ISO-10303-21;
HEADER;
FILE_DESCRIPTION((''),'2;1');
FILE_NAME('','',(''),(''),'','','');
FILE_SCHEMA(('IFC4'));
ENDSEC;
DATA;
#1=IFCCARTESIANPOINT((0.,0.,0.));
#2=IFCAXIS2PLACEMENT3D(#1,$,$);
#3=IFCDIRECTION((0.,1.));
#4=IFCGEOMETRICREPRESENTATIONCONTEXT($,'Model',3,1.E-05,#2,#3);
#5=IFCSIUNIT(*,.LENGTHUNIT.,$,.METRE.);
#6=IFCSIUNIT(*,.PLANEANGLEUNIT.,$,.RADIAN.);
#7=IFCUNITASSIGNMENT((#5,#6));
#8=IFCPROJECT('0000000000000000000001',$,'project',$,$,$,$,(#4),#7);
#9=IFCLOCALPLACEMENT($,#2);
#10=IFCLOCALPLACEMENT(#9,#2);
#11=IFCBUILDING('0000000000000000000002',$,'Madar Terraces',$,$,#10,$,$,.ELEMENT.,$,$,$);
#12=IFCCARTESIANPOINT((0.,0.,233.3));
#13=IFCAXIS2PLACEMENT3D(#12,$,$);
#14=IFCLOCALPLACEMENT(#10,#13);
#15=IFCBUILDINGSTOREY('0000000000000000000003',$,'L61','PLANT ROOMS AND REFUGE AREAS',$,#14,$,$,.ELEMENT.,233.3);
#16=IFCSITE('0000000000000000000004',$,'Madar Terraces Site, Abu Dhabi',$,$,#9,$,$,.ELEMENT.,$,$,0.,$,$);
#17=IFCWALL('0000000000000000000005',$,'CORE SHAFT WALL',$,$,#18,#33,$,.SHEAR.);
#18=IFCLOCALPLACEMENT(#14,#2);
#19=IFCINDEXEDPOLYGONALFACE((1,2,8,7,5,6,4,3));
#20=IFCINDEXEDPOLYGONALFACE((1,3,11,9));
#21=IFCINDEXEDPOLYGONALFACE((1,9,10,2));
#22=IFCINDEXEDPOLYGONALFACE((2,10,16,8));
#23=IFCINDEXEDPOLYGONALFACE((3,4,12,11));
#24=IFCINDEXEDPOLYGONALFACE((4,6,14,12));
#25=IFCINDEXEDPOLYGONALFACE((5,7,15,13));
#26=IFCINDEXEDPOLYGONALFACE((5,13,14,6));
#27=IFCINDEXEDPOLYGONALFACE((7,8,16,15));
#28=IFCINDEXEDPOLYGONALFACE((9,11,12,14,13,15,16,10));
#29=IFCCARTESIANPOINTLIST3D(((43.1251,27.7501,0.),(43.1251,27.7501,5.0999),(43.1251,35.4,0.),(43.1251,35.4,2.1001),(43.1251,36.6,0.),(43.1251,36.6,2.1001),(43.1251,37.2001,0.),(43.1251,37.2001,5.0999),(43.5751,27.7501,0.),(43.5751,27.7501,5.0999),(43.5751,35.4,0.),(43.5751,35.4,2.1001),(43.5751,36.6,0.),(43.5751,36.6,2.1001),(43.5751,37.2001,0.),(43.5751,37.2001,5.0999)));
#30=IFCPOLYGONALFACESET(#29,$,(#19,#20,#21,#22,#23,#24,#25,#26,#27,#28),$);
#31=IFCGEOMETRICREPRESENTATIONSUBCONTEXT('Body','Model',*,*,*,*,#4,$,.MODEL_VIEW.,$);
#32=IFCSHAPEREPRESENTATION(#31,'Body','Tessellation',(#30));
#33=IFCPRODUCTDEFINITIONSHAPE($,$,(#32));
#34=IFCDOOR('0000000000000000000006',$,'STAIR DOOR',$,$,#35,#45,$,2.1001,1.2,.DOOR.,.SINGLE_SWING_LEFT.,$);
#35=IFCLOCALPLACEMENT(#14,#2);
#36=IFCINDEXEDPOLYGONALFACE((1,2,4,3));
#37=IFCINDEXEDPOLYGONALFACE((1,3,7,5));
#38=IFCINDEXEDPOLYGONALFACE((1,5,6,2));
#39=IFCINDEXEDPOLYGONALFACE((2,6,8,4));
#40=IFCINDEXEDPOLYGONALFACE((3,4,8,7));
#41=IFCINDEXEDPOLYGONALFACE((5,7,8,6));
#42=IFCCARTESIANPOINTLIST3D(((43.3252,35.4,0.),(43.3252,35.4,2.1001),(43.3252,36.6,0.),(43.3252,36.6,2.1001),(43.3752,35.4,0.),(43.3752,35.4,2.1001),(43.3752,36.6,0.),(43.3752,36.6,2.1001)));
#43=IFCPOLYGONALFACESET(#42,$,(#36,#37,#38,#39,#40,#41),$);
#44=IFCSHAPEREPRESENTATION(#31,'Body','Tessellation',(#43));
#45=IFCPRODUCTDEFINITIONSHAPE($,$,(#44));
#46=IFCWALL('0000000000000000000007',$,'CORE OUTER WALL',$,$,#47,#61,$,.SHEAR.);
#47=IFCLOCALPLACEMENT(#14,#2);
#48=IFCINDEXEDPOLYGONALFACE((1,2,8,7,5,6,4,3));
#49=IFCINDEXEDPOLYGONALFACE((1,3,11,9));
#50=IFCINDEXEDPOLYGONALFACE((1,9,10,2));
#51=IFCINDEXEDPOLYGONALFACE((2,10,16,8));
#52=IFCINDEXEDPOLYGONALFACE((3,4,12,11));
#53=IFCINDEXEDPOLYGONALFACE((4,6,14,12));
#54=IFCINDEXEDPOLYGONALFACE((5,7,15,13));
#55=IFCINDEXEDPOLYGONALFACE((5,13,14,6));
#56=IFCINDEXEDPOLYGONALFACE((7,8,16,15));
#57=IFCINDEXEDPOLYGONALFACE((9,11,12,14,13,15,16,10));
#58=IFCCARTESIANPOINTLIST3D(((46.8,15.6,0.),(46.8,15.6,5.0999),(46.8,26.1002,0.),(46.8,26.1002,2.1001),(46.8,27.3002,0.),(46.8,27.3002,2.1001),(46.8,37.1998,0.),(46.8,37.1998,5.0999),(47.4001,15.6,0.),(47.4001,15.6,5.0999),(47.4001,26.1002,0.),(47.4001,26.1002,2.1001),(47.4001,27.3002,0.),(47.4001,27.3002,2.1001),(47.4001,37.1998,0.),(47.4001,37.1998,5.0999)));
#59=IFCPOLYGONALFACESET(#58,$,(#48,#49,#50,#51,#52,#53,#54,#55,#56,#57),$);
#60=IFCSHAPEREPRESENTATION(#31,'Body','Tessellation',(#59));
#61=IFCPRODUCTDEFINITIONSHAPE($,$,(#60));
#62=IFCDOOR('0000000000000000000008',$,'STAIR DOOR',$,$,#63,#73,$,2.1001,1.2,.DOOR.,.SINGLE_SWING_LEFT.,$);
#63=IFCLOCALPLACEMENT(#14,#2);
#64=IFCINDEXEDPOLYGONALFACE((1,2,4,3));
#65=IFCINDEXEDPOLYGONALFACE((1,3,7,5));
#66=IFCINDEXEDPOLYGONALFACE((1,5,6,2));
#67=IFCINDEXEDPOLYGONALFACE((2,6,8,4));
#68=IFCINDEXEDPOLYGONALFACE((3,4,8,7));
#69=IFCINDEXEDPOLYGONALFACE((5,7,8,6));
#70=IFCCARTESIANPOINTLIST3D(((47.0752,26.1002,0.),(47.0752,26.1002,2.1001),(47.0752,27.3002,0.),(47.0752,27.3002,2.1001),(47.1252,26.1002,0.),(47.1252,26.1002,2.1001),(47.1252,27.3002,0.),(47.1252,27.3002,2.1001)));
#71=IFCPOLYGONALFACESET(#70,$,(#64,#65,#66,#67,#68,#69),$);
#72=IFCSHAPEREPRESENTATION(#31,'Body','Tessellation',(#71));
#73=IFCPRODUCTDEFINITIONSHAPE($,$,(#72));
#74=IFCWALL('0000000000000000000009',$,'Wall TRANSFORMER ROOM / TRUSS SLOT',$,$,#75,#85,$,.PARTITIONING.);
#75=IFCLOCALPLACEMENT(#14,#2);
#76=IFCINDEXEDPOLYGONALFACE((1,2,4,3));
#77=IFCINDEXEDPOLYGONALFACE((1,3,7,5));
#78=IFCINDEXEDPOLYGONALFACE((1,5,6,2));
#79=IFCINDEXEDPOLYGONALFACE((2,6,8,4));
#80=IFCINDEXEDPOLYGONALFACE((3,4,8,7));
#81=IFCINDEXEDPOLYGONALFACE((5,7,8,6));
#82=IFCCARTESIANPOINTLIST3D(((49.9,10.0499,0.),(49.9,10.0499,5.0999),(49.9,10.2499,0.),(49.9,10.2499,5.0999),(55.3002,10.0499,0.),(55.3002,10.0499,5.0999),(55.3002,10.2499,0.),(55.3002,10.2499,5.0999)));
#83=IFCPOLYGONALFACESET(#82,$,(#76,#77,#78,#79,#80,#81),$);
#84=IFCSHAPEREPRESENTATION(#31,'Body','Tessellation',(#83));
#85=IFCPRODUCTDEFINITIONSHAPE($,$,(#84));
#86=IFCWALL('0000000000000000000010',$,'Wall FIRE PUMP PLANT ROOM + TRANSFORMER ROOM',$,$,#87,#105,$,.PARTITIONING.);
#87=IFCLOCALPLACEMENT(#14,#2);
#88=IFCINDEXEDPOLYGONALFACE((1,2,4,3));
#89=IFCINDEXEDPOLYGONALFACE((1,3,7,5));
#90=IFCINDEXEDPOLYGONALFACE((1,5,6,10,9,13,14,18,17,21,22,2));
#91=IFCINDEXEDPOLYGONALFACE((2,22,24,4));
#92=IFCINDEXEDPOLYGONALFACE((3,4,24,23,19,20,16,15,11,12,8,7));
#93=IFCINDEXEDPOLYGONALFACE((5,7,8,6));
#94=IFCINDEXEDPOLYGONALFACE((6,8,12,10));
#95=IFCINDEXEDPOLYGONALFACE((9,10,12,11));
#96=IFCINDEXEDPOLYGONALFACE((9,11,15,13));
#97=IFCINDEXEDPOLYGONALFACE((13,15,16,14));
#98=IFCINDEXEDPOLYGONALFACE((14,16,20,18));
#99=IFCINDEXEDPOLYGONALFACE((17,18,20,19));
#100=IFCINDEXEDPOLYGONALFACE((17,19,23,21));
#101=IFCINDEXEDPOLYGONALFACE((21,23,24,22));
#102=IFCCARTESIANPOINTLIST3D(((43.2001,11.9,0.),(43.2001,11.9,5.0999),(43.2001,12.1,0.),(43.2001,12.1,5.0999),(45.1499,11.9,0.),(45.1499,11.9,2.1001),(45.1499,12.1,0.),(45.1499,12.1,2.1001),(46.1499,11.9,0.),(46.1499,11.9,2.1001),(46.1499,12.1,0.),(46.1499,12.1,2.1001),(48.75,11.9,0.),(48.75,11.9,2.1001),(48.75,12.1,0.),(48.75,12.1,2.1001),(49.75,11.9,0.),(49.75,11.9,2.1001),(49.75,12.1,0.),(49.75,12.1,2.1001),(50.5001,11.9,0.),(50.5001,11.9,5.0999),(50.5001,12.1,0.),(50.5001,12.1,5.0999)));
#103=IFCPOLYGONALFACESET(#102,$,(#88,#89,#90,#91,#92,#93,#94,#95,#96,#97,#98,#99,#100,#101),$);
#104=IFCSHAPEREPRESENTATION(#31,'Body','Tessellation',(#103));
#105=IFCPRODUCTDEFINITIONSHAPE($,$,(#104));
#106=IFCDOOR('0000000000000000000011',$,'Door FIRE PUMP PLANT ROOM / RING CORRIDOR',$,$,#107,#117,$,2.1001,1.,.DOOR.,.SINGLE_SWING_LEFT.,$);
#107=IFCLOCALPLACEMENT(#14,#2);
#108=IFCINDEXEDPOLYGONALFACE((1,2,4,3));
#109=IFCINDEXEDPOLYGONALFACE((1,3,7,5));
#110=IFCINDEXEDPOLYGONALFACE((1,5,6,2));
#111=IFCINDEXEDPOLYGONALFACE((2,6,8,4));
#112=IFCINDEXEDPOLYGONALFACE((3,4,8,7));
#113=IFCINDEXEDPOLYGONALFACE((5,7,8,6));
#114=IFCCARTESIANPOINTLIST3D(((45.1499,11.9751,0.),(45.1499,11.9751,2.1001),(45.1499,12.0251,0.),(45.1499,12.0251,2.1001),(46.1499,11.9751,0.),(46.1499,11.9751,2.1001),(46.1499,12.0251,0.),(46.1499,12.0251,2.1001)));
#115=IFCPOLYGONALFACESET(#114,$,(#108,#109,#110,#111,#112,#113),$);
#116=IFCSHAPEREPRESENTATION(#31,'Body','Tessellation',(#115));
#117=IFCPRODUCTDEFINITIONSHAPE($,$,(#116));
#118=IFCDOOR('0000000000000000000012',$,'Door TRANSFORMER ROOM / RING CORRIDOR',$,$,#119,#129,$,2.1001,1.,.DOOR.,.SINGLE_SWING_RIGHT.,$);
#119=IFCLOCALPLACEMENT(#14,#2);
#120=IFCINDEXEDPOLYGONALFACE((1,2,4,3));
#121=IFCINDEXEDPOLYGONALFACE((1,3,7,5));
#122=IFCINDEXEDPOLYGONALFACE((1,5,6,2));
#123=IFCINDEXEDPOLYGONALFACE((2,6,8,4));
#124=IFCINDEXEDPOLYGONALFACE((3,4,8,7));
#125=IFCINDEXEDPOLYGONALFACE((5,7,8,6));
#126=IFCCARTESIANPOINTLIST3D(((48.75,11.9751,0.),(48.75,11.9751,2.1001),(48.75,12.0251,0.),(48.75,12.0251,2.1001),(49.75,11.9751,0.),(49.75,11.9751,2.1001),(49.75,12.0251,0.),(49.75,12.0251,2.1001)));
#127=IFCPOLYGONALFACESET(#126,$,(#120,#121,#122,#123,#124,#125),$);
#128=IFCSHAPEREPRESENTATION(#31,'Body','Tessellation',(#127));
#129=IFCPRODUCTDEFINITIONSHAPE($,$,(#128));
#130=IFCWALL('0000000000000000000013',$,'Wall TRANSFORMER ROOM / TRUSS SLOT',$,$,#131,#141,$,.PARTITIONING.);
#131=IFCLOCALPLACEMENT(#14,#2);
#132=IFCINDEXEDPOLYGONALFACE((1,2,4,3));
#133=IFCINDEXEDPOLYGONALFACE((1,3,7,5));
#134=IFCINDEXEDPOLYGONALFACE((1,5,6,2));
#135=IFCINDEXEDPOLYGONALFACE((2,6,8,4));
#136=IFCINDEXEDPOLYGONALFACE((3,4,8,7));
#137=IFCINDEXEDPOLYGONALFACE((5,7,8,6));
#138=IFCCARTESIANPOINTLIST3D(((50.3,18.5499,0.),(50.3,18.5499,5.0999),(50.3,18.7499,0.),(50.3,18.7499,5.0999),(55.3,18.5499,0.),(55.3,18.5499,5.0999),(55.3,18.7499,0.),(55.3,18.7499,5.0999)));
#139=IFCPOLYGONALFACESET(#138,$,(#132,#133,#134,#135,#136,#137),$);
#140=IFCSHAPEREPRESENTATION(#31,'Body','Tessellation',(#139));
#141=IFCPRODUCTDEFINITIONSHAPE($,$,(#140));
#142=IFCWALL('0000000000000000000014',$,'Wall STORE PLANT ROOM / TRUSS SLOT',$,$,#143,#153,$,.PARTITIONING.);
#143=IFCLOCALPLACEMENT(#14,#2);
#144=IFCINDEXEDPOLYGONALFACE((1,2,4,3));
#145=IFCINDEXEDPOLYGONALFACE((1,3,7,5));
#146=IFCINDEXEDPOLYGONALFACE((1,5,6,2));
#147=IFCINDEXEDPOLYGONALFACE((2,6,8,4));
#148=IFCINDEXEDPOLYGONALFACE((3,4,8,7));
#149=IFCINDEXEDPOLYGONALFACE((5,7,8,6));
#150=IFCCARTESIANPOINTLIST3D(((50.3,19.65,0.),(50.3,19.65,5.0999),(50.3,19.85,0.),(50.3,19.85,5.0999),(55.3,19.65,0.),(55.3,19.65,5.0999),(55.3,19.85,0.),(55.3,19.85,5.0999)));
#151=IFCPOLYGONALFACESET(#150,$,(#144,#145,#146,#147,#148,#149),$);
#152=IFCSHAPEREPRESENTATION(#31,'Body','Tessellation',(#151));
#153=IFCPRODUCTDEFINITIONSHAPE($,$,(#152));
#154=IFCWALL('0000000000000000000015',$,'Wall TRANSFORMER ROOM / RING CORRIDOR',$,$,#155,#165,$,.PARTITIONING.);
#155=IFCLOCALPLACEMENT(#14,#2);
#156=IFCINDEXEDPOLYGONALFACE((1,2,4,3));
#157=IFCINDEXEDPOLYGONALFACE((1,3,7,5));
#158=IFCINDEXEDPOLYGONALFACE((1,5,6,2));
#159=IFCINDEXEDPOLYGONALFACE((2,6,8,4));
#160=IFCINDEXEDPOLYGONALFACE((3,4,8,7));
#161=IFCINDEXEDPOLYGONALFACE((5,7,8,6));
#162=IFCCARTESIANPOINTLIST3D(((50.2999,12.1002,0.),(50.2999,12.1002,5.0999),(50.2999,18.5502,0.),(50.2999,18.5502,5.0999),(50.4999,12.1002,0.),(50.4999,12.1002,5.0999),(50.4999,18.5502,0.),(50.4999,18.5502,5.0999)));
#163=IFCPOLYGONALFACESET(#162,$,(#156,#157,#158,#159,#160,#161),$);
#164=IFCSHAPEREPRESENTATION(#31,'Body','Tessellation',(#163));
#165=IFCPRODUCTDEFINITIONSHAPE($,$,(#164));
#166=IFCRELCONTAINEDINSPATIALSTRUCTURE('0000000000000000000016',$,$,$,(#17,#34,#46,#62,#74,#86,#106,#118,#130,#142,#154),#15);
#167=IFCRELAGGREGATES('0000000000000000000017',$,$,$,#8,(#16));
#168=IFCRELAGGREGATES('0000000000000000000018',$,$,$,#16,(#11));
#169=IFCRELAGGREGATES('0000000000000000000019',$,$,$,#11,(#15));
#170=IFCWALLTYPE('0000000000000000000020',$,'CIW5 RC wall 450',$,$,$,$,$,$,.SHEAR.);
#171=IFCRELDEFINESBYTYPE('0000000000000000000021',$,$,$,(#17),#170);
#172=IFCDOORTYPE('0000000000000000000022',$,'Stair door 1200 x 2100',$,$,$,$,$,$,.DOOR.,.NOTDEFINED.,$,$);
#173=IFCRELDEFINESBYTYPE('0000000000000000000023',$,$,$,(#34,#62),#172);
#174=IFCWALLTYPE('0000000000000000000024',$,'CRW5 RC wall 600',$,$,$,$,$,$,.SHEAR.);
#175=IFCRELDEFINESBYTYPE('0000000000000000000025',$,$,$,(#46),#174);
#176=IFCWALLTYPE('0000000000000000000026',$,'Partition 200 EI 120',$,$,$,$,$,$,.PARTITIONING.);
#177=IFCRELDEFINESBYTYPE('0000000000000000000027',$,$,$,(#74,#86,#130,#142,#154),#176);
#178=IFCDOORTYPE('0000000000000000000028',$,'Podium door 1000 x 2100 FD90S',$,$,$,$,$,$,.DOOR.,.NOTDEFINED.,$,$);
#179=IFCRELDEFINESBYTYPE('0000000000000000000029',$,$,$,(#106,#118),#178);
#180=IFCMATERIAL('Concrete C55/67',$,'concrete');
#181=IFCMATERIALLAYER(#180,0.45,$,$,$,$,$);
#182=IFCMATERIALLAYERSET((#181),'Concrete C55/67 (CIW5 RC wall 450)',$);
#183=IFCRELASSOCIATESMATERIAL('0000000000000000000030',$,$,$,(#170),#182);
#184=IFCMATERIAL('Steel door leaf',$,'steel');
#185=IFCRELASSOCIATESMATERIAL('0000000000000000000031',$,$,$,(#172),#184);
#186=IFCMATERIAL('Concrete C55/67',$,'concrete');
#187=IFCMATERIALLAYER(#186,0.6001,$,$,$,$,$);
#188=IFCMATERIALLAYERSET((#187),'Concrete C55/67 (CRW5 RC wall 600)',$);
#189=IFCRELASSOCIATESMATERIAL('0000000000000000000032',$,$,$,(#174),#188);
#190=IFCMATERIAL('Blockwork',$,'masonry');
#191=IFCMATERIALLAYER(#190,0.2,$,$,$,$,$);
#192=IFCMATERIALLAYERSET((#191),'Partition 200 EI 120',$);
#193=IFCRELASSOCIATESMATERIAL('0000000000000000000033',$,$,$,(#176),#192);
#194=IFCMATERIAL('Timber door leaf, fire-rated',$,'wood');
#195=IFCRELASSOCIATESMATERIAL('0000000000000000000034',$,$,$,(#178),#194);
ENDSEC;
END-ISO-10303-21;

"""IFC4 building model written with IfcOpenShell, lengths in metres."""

from ifc_helpers import new_model, si_unit, direction, frame, frame_2d, origin, place, context, subcontext, project, spatial, rectangle, extrude, material, layer, layer_set, type_object, element, fill, save


model = new_model("IFC4")

# Units and contexts
model_context = context("Model", 3, precision=1e-05, world=origin(), true_north=direction((0.0, 1.0)))
body_context = subcontext(model_context, "Body", "Model", "MODEL_VIEW")
ifc_project = project(units=[si_unit("LENGTHUNIT", "METRE"), si_unit("PLANEANGLEUNIT", "RADIAN")], contexts=[model_context])

# Site, building, storey
site_placement = place(None, origin())
site = spatial("IfcSite", under=ifc_project, at=site_placement, Name="Madar Terraces Site, Abu Dhabi", CompositionType="ELEMENT", RefElevation=0.0)
building_placement = place(site_placement, origin())
building = spatial("IfcBuilding", under=site, at=building_placement, Name="Madar Terraces", CompositionType="ELEMENT")
storey_placement = place(building_placement, frame((0.0, 0.0, 233.3)))
storey = spatial("IfcBuildingStorey", under=building, at=storey_placement, Name="L61", Description="PLANT ROOMS AND REFUGE AREAS", CompositionType="ELEMENT", Elevation=233.3)

# Walls, openings, doors
ifc_material_1 = material(Name="Concrete C55/67", Category="concrete")
ifc_layer_1 = layer(ifc_material_1, 0.45)
ifc_layer_set_1 = layer_set([ifc_layer_1], Name="Concrete C55/67 (CIW5 RC wall 450)")
wall_type_1 = type_object("IfcWallType", Name="CIW5 RC wall 450", PredefinedType="SHEAR", material=ifc_layer_set_1)
ifc_material_2 = material(Name="Steel door leaf", Category="steel")
door_type_1 = type_object("IfcDoorType", Name="Stair door 1200 x 2100", OperationType="NOTDEFINED", PredefinedType="DOOR", material=ifc_material_2)
wall_1_placement = place(storey_placement, frame((43.3501, 27.75, 0.0), z_axis=(0.0, 0.0, 1.0), x_axis=(0.0, 1.0, 0.0)))
wall_1 = element("IfcWall", 1, at=wall_1_placement, inside=storey, type_object=wall_type_1, Name="CORE SHAFT WALL", PredefinedType="SHEAR", context=body_context, shape_type="SweptSolid", body=[
    extrude(rectangle(XDim=9.45, YDim=0.45, at=frame_2d((4.7251, 0.0))), origin(), (0.0, 0.0, 1.0), 5.0999),
])
opening_1_placement = place(wall_1_placement, frame((7.6499, 0.0, 0.0)))
opening_1 = element("IfcOpeningElement", 2, at=opening_1_placement, cuts=wall_1, PredefinedType="OPENING", context=body_context, shape_type="SweptSolid", body=[
    extrude(rectangle(XDim=1.2, YDim=2.1001, at=frame_2d((0.6001, 1.05))), frame((0.0, 0.2349, 0.0), z_axis=(0.0, -1.0, 0.0), x_axis=(1.0, 0.0, 0.0)), (0.0, 0.0, 1.0), 0.47),
])
door_1_placement = place(opening_1_placement, origin())
door_1 = element("IfcDoor", 3, at=door_1_placement, inside=storey, type_object=door_type_1, Name="STAIR DOOR", OperationType="SINGLE_SWING_LEFT", OverallHeight=2.1001, OverallWidth=1.2, PredefinedType="DOOR", context=body_context, shape_type="SweptSolid", body=[
    extrude(rectangle(XDim=1.2, YDim=2.1001, at=frame_2d((0.6001, 1.05))), frame((0.0, 0.0249, 0.0), z_axis=(0.0, -1.0, 0.0), x_axis=(1.0, 0.0, 0.0)), (0.0, 0.0, 1.0), 0.05),
])
fill(opening_1, door_1)
ifc_material_3 = material(Name="Concrete C55/67", Category="concrete")
ifc_layer_2 = layer(ifc_material_3, 0.6001)
ifc_layer_set_2 = layer_set([ifc_layer_2], Name="Concrete C55/67 (CRW5 RC wall 600)")
wall_type_2 = type_object("IfcWallType", Name="CRW5 RC wall 600", PredefinedType="SHEAR", material=ifc_layer_set_2)
wall_2_placement = place(storey_placement, frame((47.1001, 15.6001, 0.0), z_axis=(0.0, 0.0, 1.0), x_axis=(0.0, 1.0, 0.0)))
wall_2 = element("IfcWall", 4, at=wall_2_placement, inside=storey, type_object=wall_type_2, Name="CORE OUTER WALL", PredefinedType="SHEAR", context=body_context, shape_type="SweptSolid", body=[
    extrude(rectangle(XDim=21.5999, YDim=0.6001, at=frame_2d((10.7998, 0.0))), origin(), (0.0, 0.0, 1.0), 5.0999),
])
opening_2_placement = place(wall_2_placement, frame((10.5, 0.0, 0.0)))
opening_2 = element("IfcOpeningElement", 5, at=opening_2_placement, cuts=wall_2, PredefinedType="OPENING", context=body_context, shape_type="SweptSolid", body=[
    extrude(rectangle(XDim=1.2, YDim=2.1001, at=frame_2d((0.6001, 1.05))), frame((0.0, 0.3101, 0.0), z_axis=(0.0, -1.0, 0.0), x_axis=(1.0, 0.0, 0.0)), (0.0, 0.0, 1.0), 0.6201),
])
door_2_placement = place(opening_2_placement, origin())
door_2 = element("IfcDoor", 6, at=door_2_placement, inside=storey, type_object=door_type_1, Name="STAIR DOOR", OperationType="SINGLE_SWING_LEFT", OverallHeight=2.1001, OverallWidth=1.2, PredefinedType="DOOR", context=body_context, shape_type="SweptSolid", body=[
    extrude(rectangle(XDim=1.2, YDim=2.1001, at=frame_2d((0.6001, 1.05))), frame((0.0, 0.0249, 0.0), z_axis=(0.0, -1.0, 0.0), x_axis=(1.0, 0.0, 0.0)), (0.0, 0.0, 1.0), 0.05),
])
fill(opening_2, door_2)

# Wall
ifc_material_4 = material(Name="Blockwork", Category="masonry")
ifc_layer_3 = layer(ifc_material_4, 0.2)
ifc_layer_set_3 = layer_set([ifc_layer_3], Name="Partition 200 EI 120")
wall_type_3 = type_object("IfcWallType", Name="Partition 200 EI 120", PredefinedType="PARTITIONING", material=ifc_layer_set_3)
wall_3_placement = place(storey_placement, frame((49.8999, 10.1499, 0.0), z_axis=(0.0, 0.0, 1.0), x_axis=(1.0, 0.0, 0.0)))
element("IfcWall", 7, at=wall_3_placement, inside=storey, type_object=wall_type_3, Name="Wall TRANSFORMER ROOM / TRUSS SLOT", PredefinedType="PARTITIONING", context=body_context, shape_type="SweptSolid", body=[
    extrude(rectangle(XDim=5.4001, YDim=0.2, at=frame_2d((2.7002, 0.0))), origin(), (0.0, 0.0, 1.0), 5.0999),
])

# Wall, openings, doors
wall_4_placement = place(storey_placement, frame((50.5, 12.0, 0.0), z_axis=(0.0, 0.0, 1.0), x_axis=(-1.0, 0.0, 0.0)))
wall_4 = element("IfcWall", 8, at=wall_4_placement, inside=storey, type_object=wall_type_3, Name="Wall FIRE PUMP PLANT ROOM + TRANSFORMER ROOM", PredefinedType="PARTITIONING", context=body_context, shape_type="SweptSolid", body=[
    extrude(rectangle(XDim=7.3, YDim=0.2, at=frame_2d((3.6499, 0.0))), origin(), (0.0, 0.0, 1.0), 5.0999),
])
opening_3_placement = place(wall_4_placement, frame((4.3501, 0.0, 0.0)))
opening_3 = element("IfcOpeningElement", 9, at=opening_3_placement, cuts=wall_4, PredefinedType="OPENING", context=body_context, shape_type="SweptSolid", body=[
    extrude(rectangle(XDim=1.0, YDim=2.1001, at=frame_2d((0.5, 1.05))), frame((0.0, 0.1099, 0.0), z_axis=(0.0, -1.0, 0.0), x_axis=(1.0, 0.0, 0.0)), (0.0, 0.0, 1.0), 0.22),
])
opening_4_placement = place(wall_4_placement, frame((0.75, 0.0, 0.0)))
opening_4 = element("IfcOpeningElement", 10, at=opening_4_placement, cuts=wall_4, PredefinedType="OPENING", context=body_context, shape_type="SweptSolid", body=[
    extrude(rectangle(XDim=1.0, YDim=2.1001, at=frame_2d((0.5, 1.05))), frame((0.0, 0.1099, 0.0), z_axis=(0.0, -1.0, 0.0), x_axis=(1.0, 0.0, 0.0)), (0.0, 0.0, 1.0), 0.22),
])
ifc_material_5 = material(Name="Timber door leaf, fire-rated", Category="wood")
door_type_2 = type_object("IfcDoorType", Name="Podium door 1000 x 2100 FD90S", OperationType="NOTDEFINED", PredefinedType="DOOR", material=ifc_material_5)
door_3_placement = place(opening_3_placement, origin())
door_3 = element("IfcDoor", 11, at=door_3_placement, inside=storey, type_object=door_type_2, Name="Door FIRE PUMP PLANT ROOM / RING CORRIDOR", OperationType="SINGLE_SWING_LEFT", OverallHeight=2.1001, OverallWidth=1.0, PredefinedType="DOOR", context=body_context, shape_type="SweptSolid", body=[
    extrude(rectangle(XDim=1.0, YDim=2.1001, at=frame_2d((0.5, 1.05))), frame((0.0, 0.0249, 0.0), z_axis=(0.0, -1.0, 0.0), x_axis=(1.0, 0.0, 0.0)), (0.0, 0.0, 1.0), 0.05),
])
fill(opening_3, door_3)
door_4_placement = place(opening_4_placement, origin())
door_4 = element("IfcDoor", 12, at=door_4_placement, inside=storey, type_object=door_type_2, Name="Door TRANSFORMER ROOM / RING CORRIDOR", OperationType="SINGLE_SWING_RIGHT", OverallHeight=2.1001, OverallWidth=1.0, PredefinedType="DOOR", context=body_context, shape_type="SweptSolid", body=[
    extrude(rectangle(XDim=1.0, YDim=2.1001, at=frame_2d((0.5, 1.05))), frame((0.0, 0.0249, 0.0), z_axis=(0.0, -1.0, 0.0), x_axis=(1.0, 0.0, 0.0)), (0.0, 0.0, 1.0), 0.05),
])
fill(opening_4, door_4)

# Walls
for number, where, z_axis, x_axis, name in (
    (13, (50.3, 18.6499, 0.0), (0.0, 0.0, 1.0), (1.0, 0.0, 0.0), "Wall TRANSFORMER ROOM / TRUSS SLOT"),
    (14, (50.3, 19.75, 0.0), (0.0, 0.0, 1.0), (1.0, 0.0, 0.0), "Wall STORE PLANT ROOM / TRUSS SLOT"),
):
    element("IfcWall", number, at=place(storey_placement, frame(where, z_axis=z_axis, x_axis=x_axis)), inside=storey, type_object=wall_type_3, Name=name, PredefinedType="PARTITIONING", context=body_context, shape_type="SweptSolid", body=[
        extrude(rectangle(XDim=5.0, YDim=0.2, at=frame_2d((2.5, 0.0))), origin(), (0.0, 0.0, 1.0), 5.0999),
    ])
wall_5_placement = place(storey_placement, frame((50.3999, 12.1001, 0.0), z_axis=(0.0, 0.0, 1.0), x_axis=(0.0, 1.0, 0.0)))
element("IfcWall", 15, at=wall_5_placement, inside=storey, type_object=wall_type_3, Name="Wall TRANSFORMER ROOM / RING CORRIDOR", PredefinedType="PARTITIONING", context=body_context, shape_type="SweptSolid", body=[
    extrude(rectangle(XDim=6.45, YDim=0.2, at=frame_2d((3.2251, 0.0))), origin(), (0.0, 0.0, 1.0), 5.0999),
])

save(model, "model.ifc")
